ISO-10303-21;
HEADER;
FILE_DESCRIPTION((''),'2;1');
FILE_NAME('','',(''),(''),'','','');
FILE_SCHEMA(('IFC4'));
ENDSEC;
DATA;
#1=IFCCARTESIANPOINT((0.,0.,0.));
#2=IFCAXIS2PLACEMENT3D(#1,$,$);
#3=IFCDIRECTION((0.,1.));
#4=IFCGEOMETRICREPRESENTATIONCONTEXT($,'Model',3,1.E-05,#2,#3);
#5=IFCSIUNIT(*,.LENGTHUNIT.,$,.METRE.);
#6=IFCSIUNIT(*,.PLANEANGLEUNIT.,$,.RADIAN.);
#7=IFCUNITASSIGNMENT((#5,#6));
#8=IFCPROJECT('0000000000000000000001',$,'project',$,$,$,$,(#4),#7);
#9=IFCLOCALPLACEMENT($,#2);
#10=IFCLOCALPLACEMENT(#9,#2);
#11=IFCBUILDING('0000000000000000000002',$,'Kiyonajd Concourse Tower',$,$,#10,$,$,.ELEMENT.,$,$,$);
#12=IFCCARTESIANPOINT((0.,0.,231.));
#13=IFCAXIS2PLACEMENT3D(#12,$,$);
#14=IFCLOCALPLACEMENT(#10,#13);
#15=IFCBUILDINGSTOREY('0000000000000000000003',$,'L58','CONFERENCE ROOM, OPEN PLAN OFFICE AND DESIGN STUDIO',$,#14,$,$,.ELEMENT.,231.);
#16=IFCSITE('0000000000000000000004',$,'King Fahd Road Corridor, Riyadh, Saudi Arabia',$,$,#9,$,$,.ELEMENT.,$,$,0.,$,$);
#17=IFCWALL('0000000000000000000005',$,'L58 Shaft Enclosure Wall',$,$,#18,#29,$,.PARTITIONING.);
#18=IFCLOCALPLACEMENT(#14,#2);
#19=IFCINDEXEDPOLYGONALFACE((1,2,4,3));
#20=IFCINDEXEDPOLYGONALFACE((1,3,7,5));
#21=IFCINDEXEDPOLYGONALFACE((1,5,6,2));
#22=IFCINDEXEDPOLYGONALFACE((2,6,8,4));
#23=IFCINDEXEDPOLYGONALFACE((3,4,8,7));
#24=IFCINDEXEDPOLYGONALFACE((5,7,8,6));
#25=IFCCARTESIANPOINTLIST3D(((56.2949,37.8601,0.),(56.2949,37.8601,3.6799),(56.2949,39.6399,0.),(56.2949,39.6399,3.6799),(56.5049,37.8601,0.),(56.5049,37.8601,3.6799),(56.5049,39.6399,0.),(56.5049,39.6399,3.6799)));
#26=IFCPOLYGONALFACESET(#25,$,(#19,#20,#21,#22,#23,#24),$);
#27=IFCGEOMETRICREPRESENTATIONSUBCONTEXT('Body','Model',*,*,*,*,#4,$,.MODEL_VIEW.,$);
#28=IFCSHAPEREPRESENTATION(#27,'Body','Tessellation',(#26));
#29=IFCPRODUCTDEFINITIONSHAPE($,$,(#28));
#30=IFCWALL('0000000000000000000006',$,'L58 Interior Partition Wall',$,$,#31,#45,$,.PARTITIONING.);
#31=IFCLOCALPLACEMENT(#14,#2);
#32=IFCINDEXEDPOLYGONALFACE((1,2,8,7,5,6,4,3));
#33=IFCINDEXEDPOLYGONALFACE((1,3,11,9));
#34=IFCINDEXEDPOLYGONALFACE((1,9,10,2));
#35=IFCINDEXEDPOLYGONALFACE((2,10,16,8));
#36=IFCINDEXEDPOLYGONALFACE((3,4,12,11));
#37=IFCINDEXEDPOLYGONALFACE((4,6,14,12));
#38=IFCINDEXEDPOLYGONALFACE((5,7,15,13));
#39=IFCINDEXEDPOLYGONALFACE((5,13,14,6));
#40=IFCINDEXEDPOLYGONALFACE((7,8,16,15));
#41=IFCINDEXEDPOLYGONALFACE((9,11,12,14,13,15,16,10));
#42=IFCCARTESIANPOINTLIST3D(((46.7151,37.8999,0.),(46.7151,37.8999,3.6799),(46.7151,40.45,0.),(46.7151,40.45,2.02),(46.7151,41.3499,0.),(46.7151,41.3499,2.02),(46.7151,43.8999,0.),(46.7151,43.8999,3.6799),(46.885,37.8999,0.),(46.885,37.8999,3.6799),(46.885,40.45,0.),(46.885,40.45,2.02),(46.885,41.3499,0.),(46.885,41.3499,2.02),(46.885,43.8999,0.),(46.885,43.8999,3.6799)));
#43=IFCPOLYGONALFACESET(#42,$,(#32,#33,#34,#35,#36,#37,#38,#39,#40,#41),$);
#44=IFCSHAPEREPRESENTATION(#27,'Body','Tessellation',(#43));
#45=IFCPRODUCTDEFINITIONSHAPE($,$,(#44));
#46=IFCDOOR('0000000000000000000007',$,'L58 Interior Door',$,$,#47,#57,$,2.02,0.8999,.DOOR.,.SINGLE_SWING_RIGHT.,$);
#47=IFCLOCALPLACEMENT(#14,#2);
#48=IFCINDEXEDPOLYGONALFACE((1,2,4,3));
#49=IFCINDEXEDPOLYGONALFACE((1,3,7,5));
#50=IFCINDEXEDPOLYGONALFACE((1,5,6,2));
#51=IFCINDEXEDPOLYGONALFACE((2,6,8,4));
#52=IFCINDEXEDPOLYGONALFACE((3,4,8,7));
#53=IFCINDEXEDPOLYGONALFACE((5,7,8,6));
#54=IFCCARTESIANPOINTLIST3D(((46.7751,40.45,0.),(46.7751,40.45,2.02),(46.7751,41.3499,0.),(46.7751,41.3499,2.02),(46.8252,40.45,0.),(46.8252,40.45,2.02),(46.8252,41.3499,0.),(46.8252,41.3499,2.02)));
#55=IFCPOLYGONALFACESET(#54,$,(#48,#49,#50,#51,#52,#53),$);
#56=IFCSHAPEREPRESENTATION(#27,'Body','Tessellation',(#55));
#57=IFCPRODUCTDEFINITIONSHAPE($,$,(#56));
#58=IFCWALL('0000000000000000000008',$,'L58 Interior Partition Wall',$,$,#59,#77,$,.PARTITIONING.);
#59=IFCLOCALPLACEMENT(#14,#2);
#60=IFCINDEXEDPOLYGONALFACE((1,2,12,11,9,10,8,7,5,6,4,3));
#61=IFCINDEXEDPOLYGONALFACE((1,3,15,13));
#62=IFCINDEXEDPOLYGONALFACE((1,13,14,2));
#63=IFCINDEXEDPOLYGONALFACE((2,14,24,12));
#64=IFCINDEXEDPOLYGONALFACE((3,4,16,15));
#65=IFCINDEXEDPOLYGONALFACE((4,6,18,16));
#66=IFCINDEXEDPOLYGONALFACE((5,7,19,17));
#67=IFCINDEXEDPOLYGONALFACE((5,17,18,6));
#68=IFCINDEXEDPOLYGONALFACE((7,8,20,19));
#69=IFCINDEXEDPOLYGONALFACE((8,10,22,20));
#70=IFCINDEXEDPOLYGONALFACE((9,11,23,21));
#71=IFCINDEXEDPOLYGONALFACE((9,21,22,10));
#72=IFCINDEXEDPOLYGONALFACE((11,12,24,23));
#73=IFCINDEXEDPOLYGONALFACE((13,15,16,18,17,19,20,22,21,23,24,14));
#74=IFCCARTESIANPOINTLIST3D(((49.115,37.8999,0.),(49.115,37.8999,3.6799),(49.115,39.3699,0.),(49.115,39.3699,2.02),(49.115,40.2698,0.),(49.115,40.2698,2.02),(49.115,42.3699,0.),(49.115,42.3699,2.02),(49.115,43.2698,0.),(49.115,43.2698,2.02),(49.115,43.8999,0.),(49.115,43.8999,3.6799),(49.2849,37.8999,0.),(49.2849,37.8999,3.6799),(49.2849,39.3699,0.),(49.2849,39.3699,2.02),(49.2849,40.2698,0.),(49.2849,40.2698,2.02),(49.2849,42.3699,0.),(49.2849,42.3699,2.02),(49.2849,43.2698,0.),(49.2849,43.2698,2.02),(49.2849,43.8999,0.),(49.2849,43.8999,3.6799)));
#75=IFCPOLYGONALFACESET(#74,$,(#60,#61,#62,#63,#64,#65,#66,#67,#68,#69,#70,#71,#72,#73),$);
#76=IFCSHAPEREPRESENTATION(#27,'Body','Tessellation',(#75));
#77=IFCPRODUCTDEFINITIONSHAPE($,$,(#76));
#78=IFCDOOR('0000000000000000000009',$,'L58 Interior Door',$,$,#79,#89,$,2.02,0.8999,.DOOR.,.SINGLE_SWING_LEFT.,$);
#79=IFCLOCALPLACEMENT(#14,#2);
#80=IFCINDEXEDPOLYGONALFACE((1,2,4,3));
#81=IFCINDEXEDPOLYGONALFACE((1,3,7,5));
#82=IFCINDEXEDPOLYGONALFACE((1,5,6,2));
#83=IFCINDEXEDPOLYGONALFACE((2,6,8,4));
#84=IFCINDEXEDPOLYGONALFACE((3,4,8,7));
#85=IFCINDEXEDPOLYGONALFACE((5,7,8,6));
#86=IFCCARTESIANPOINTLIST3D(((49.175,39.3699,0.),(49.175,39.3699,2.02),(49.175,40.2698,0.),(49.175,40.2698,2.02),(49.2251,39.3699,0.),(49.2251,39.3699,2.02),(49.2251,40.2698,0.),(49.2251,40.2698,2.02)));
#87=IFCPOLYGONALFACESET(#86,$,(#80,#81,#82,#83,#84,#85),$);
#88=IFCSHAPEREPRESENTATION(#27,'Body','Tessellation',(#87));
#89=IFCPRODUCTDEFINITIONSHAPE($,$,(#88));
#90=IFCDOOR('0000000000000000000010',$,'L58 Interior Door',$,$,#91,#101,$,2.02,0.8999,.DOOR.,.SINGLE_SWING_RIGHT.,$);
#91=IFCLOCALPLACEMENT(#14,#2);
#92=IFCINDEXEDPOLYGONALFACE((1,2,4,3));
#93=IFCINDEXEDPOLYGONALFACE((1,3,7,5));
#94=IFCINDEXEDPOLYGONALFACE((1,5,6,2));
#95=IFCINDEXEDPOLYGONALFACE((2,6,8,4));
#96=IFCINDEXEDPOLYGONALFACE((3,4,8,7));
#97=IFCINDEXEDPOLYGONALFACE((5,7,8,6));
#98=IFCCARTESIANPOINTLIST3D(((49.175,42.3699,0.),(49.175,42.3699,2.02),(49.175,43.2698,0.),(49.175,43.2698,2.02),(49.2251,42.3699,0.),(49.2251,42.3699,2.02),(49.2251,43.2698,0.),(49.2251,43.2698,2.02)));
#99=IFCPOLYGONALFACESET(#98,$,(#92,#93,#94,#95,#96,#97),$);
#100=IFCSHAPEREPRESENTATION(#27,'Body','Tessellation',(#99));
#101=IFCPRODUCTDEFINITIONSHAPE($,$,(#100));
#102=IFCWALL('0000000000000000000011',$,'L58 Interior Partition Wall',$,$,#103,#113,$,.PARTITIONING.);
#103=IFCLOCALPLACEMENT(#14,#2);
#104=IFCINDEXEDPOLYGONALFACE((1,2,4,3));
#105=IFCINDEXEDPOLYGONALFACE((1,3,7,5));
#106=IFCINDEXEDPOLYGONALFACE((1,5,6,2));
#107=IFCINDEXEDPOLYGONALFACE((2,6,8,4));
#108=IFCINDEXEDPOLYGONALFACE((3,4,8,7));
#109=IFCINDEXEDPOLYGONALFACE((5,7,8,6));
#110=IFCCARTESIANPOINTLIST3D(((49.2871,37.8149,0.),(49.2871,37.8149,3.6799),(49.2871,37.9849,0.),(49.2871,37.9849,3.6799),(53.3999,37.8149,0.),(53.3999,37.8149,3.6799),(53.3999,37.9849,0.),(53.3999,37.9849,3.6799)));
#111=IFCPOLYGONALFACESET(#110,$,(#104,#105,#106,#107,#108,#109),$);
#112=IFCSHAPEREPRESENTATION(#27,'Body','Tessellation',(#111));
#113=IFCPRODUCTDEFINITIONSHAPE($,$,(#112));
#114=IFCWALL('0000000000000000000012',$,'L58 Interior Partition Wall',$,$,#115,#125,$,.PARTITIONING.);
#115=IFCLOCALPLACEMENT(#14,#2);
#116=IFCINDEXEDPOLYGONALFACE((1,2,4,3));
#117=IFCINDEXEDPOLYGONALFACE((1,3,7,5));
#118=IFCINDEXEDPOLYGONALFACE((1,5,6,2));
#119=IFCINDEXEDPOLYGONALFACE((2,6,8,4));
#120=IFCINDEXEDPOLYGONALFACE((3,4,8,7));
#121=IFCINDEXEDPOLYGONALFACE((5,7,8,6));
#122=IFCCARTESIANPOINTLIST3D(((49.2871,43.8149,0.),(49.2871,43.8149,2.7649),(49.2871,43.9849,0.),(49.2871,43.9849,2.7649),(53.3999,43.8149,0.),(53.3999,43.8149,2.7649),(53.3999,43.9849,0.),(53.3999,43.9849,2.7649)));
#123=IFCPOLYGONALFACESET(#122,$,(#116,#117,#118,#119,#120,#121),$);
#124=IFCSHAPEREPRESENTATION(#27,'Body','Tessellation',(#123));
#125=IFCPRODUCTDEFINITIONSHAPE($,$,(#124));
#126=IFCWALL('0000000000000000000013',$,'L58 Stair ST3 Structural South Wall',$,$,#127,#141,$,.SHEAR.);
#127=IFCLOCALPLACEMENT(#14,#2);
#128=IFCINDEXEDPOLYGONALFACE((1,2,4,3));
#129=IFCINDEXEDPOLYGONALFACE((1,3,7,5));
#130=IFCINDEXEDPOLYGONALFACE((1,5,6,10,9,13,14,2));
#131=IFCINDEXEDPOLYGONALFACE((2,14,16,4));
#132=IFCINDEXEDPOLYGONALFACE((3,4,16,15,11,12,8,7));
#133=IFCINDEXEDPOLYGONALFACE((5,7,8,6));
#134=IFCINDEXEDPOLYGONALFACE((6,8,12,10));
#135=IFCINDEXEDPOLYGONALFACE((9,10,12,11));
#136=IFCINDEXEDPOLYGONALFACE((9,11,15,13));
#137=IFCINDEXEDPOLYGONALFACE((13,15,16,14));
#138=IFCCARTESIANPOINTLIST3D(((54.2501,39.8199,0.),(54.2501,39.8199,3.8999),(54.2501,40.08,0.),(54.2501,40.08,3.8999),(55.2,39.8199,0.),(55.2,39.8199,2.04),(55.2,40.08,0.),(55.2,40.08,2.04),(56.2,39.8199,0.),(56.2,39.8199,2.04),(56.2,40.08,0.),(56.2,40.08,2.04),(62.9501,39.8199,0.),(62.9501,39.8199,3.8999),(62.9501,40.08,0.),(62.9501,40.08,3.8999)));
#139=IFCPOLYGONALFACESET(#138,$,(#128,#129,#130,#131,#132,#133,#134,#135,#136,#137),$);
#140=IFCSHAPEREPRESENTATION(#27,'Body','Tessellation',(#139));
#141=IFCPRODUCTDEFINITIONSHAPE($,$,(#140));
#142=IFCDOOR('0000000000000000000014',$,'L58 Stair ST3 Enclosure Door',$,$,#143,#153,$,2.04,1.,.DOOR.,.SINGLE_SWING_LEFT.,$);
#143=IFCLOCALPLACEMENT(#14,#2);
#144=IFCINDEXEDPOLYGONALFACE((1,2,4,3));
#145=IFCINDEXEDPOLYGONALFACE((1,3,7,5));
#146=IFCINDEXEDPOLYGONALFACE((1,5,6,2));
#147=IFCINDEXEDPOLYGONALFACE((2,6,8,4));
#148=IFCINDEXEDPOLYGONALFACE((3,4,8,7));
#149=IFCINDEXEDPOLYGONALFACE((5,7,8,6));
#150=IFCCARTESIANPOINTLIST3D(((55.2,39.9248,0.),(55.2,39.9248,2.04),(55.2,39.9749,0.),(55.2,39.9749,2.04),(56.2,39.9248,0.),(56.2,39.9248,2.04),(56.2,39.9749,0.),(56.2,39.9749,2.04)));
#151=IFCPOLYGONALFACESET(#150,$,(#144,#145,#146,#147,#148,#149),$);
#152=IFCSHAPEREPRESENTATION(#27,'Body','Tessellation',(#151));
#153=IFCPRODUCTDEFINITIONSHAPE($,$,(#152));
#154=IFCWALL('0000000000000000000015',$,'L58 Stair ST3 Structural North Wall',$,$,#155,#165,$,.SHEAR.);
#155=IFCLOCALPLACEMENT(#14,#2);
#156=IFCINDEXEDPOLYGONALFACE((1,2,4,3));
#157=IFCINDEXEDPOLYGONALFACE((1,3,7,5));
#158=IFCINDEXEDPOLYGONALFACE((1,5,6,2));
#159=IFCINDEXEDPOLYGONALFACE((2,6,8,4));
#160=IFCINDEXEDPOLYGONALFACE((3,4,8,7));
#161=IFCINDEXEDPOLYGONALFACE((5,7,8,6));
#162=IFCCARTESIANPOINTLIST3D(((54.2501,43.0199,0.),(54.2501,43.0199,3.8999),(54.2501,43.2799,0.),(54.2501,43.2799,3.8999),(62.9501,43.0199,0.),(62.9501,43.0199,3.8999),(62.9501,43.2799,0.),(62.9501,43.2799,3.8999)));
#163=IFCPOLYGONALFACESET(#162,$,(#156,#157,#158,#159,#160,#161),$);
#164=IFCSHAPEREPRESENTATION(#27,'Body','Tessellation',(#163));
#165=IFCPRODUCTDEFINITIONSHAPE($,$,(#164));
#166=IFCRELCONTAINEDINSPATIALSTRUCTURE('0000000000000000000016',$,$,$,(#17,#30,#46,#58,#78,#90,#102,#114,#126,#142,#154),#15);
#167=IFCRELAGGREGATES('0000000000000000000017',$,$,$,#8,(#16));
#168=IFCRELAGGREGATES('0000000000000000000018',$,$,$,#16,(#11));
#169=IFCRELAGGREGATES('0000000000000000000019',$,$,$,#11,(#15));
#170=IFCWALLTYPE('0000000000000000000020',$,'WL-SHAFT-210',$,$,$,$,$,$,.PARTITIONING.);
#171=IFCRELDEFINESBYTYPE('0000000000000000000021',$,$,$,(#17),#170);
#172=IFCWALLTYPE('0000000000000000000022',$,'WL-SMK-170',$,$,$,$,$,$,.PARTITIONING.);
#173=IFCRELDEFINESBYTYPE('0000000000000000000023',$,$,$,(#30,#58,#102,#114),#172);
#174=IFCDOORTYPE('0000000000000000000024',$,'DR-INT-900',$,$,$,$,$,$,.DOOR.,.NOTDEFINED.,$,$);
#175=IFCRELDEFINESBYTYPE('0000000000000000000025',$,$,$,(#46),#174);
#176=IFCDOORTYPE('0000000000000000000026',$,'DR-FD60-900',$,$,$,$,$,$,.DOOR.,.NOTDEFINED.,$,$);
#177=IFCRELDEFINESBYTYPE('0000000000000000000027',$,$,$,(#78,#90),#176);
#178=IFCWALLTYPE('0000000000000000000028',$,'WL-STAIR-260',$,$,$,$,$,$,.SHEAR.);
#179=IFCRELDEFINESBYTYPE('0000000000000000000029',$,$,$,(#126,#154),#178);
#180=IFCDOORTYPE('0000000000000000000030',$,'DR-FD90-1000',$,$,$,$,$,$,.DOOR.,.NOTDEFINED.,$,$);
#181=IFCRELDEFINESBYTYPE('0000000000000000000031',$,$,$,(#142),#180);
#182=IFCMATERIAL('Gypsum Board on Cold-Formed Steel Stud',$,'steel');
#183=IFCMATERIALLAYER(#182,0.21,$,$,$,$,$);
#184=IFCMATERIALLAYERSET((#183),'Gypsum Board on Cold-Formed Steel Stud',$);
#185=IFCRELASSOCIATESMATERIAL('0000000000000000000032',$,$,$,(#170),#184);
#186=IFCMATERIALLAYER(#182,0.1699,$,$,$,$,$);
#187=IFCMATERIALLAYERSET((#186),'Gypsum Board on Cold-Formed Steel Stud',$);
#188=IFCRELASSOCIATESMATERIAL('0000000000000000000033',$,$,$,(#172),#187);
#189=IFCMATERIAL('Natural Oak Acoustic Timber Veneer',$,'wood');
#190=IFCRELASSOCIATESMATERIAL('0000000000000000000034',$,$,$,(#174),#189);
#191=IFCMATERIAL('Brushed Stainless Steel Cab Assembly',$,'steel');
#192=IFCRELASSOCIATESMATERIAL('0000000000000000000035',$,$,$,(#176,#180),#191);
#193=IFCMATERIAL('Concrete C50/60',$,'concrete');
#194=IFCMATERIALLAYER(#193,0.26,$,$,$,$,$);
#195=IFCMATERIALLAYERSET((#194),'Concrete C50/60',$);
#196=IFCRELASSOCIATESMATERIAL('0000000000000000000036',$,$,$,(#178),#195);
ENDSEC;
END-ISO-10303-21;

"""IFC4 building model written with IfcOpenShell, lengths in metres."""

from ifc_helpers import new_model, si_unit, direction, frame, frame_2d, origin, place, context, subcontext, project, spatial, rectangle, extrude, material, layer, layer_set, type_object, element, fill, save


model = new_model("IFC4")

# Units and contexts
model_context = context("Model", 3, precision=1e-05, world=origin(), true_north=direction((0.0, 1.0)))
body_context = subcontext(model_context, "Body", "Model", "MODEL_VIEW")
ifc_project = project(units=[si_unit("LENGTHUNIT", "METRE"), si_unit("PLANEANGLEUNIT", "RADIAN")], contexts=[model_context])

# Site, building, storey
site_placement = place(None, origin())
site = spatial("IfcSite", under=ifc_project, at=site_placement, Name="King Fahd Road Corridor, Riyadh, Saudi Arabia", CompositionType="ELEMENT", RefElevation=0.0)
building_placement = place(site_placement, origin())
building = spatial("IfcBuilding", under=site, at=building_placement, Name="Kiyonajd Concourse Tower", CompositionType="ELEMENT")
storey_placement = place(building_placement, frame((0.0, 0.0, 231.0)))
storey = spatial("IfcBuildingStorey", under=building, at=storey_placement, Name="L58", Description="CONFERENCE ROOM, OPEN PLAN OFFICE AND DESIGN STUDIO", CompositionType="ELEMENT", Elevation=231.0)

# Shared definitions
ifc_material_1 = material(Name="Concrete C50/60", Category="concrete")

# Wall
ifc_material_2 = material(Name="Gypsum Board on Cold-Formed Steel Stud", Category="steel")
ifc_layer_1 = layer(ifc_material_2, 0.21)
ifc_layer_set_1 = layer_set([ifc_layer_1], Name="Gypsum Board on Cold-Formed Steel Stud")
wall_type_1 = type_object("IfcWallType", Name="WL-SHAFT-210", PredefinedType="PARTITIONING", material=ifc_layer_set_1)
wall_1_placement = place(storey_placement, frame((56.3999, 37.8601, 0.0), z_axis=(0.0, 0.0, 1.0), x_axis=(0.0, 1.0, 0.0)))
element("IfcWall", 1, at=wall_1_placement, inside=storey, type_object=wall_type_1, Name="L58 Shaft Enclosure Wall", PredefinedType="PARTITIONING", context=body_context, shape_type="SweptSolid", body=[
    extrude(rectangle(XDim=1.7798, YDim=0.21, at=frame_2d((0.8899, 0.0))), origin(), (0.0, 0.0, 1.0), 3.6799),
])

# Wall, opening, door
ifc_layer_2 = layer(ifc_material_2, 0.1699)
ifc_layer_set_2 = layer_set([ifc_layer_2], Name="Gypsum Board on Cold-Formed Steel Stud")
wall_type_2 = type_object("IfcWallType", Name="WL-SMK-170", PredefinedType="PARTITIONING", material=ifc_layer_set_2)
wall_2_placement = place(storey_placement, frame((46.8, 37.8999, 0.0), z_axis=(0.0, 0.0, 1.0), x_axis=(0.0, 1.0, 0.0)))
wall_2 = element("IfcWall", 2, at=wall_2_placement, inside=storey, type_object=wall_type_2, Name="L58 Interior Partition Wall", PredefinedType="PARTITIONING", context=body_context, shape_type="SweptSolid", body=[
    extrude(rectangle(XDim=6.0, YDim=0.1699, at=frame_2d((3.0, 0.0))), origin(), (0.0, 0.0, 1.0), 3.6799),
])
opening_1_placement = place(wall_2_placement, frame((2.55, 0.0, 0.0)))
opening_1 = element("IfcOpeningElement", 3, at=opening_1_placement, cuts=wall_2, PredefinedType="OPENING", context=body_context, shape_type="SweptSolid", body=[
    extrude(rectangle(XDim=0.8999, YDim=2.02, at=frame_2d((0.45, 1.01))), frame((0.0, 0.095, 0.0), z_axis=(0.0, -1.0, 0.0), x_axis=(1.0, 0.0, 0.0)), (0.0, 0.0, 1.0), 0.1899),
])
ifc_material_3 = material(Name="Natural Oak Acoustic Timber Veneer", Category="wood")
door_type_1 = type_object("IfcDoorType", Name="DR-INT-900", OperationType="NOTDEFINED", PredefinedType="DOOR", material=ifc_material_3)
door_1_placement = place(opening_1_placement, origin())
door_1 = element("IfcDoor", 4, at=door_1_placement, inside=storey, type_object=door_type_1, Name="L58 Interior Door", OperationType="SINGLE_SWING_RIGHT", OverallHeight=2.02, OverallWidth=0.8999, PredefinedType="DOOR", context=body_context, shape_type="SweptSolid", body=[
    extrude(rectangle(XDim=0.8999, YDim=2.02, at=frame_2d((0.45, 1.01))), frame((0.0, 0.0249, 0.0), z_axis=(0.0, -1.0, 0.0), x_axis=(1.0, 0.0, 0.0)), (0.0, 0.0, 1.0), 0.05),
])
fill(opening_1, door_1)

# Wall, openings, doors
wall_3_placement = place(storey_placement, frame((49.2, 37.8999, 0.0), z_axis=(0.0, 0.0, 1.0), x_axis=(0.0, 1.0, 0.0)))
wall_3 = element("IfcWall", 5, at=wall_3_placement, inside=storey, type_object=wall_type_2, Name="L58 Interior Partition Wall", PredefinedType="PARTITIONING", context=body_context, shape_type="SweptSolid", body=[
    extrude(rectangle(XDim=6.0, YDim=0.1699, at=frame_2d((3.0, 0.0))), origin(), (0.0, 0.0, 1.0), 3.6799),
])
opening_2_placement = place(wall_3_placement, frame((1.47, 0.0, 0.0)))
opening_2 = element("IfcOpeningElement", 6, at=opening_2_placement, cuts=wall_3, PredefinedType="OPENING", context=body_context, shape_type="SweptSolid", body=[
    extrude(rectangle(XDim=0.8999, YDim=2.02, at=frame_2d((0.45, 1.01))), frame((0.0, 0.095, 0.0), z_axis=(0.0, -1.0, 0.0), x_axis=(1.0, 0.0, 0.0)), (0.0, 0.0, 1.0), 0.1899),
])
opening_3_placement = place(wall_3_placement, frame((4.47, 0.0, 0.0)))
opening_3 = element("IfcOpeningElement", 7, at=opening_3_placement, cuts=wall_3, PredefinedType="OPENING", context=body_context, shape_type="SweptSolid", body=[
    extrude(rectangle(XDim=0.8999, YDim=2.02, at=frame_2d((0.45, 1.01))), frame((0.0, 0.095, 0.0), z_axis=(0.0, -1.0, 0.0), x_axis=(1.0, 0.0, 0.0)), (0.0, 0.0, 1.0), 0.1899),
])
ifc_material_4 = material(Name="Brushed Stainless Steel Cab Assembly", Category="steel")
door_type_2 = type_object("IfcDoorType", Name="DR-FD60-900", OperationType="NOTDEFINED", PredefinedType="DOOR", material=ifc_material_4)
door_2_placement = place(opening_2_placement, origin())
door_2 = element("IfcDoor", 8, at=door_2_placement, inside=storey, type_object=door_type_2, Name="L58 Interior Door", OperationType="SINGLE_SWING_LEFT", OverallHeight=2.02, OverallWidth=0.8999, PredefinedType="DOOR", context=body_context, shape_type="SweptSolid", body=[
    extrude(rectangle(XDim=0.8999, YDim=2.02, at=frame_2d((0.45, 1.01))), frame((0.0, 0.0249, 0.0), z_axis=(0.0, -1.0, 0.0), x_axis=(1.0, 0.0, 0.0)), (0.0, 0.0, 1.0), 0.05),
])
fill(opening_2, door_2)
door_3_placement = place(opening_3_placement, origin())
door_3 = element("IfcDoor", 9, at=door_3_placement, inside=storey, type_object=door_type_2, Name="L58 Interior Door", OperationType="SINGLE_SWING_RIGHT", OverallHeight=2.02, OverallWidth=0.8999, PredefinedType="DOOR", context=body_context, shape_type="SweptSolid", body=[
    extrude(rectangle(XDim=0.8999, YDim=2.02, at=frame_2d((0.45, 1.01))), frame((0.0, 0.0249, 0.0), z_axis=(0.0, -1.0, 0.0), x_axis=(1.0, 0.0, 0.0)), (0.0, 0.0, 1.0), 0.05),
])
fill(opening_3, door_3)

# Walls
wall_4_placement = place(storey_placement, frame((49.2871, 37.8999, 0.0), z_axis=(0.0, 0.0, 1.0), x_axis=(1.0, 0.0, 0.0)))
element("IfcWall", 10, at=wall_4_placement, inside=storey, type_object=wall_type_2, Name="L58 Interior Partition Wall", PredefinedType="PARTITIONING", context=body_context, shape_type="SweptSolid", body=[
    extrude(rectangle(XDim=4.1128, YDim=0.1699, at=frame_2d((2.0564, 0.0))), origin(), (0.0, 0.0, 1.0), 3.6799),
])
wall_5_placement = place(storey_placement, frame((49.2871, 43.8999, 0.0), z_axis=(0.0, 0.0, 1.0), x_axis=(1.0, 0.0, 0.0)))
element("IfcWall", 11, at=wall_5_placement, inside=storey, type_object=wall_type_2, Name="L58 Interior Partition Wall", PredefinedType="PARTITIONING", context=body_context, shape_type="SweptSolid", body=[
    extrude(rectangle(XDim=4.1128, YDim=0.1699, at=frame_2d((2.0564, 0.0))), origin(), (0.0, 0.0, 1.0), 2.7649),
])

# Wall, opening, door
ifc_layer_3 = layer(ifc_material_1, 0.26)
ifc_layer_set_3 = layer_set([ifc_layer_3], Name="Concrete C50/60")
wall_type_3 = type_object("IfcWallType", Name="WL-STAIR-260", PredefinedType="SHEAR", material=ifc_layer_set_3)
wall_6_placement = place(storey_placement, frame((54.25, 39.95, 0.0), z_axis=(0.0, 0.0, 1.0), x_axis=(1.0, 0.0, 0.0)))
wall_6 = element("IfcWall", 12, at=wall_6_placement, inside=storey, type_object=wall_type_3, Name="L58 Stair ST3 Structural South Wall", PredefinedType="SHEAR", context=body_context, shape_type="SweptSolid", body=[
    extrude(rectangle(XDim=8.7, YDim=0.26, at=frame_2d((4.3501, 0.0))), origin(), (0.0, 0.0, 1.0), 3.8999),
])
opening_4_placement = place(wall_6_placement, frame((0.95, 0.0, 0.0)))
opening_4 = element("IfcOpeningElement", 13, at=opening_4_placement, cuts=wall_6, PredefinedType="OPENING", context=body_context, shape_type="SweptSolid", body=[
    extrude(rectangle(XDim=1.0, YDim=2.04, at=frame_2d((0.5, 1.02))), frame((0.0, 0.1399, 0.0), z_axis=(0.0, -1.0, 0.0), x_axis=(1.0, 0.0, 0.0)), (0.0, 0.0, 1.0), 0.28),
])
door_type_3 = type_object("IfcDoorType", Name="DR-FD90-1000", OperationType="NOTDEFINED", PredefinedType="DOOR", material=ifc_material_4)
door_4_placement = place(opening_4_placement, origin())
door_4 = element("IfcDoor", 14, at=door_4_placement, inside=storey, type_object=door_type_3, Name="L58 Stair ST3 Enclosure Door", OperationType="SINGLE_SWING_LEFT", OverallHeight=2.04, OverallWidth=1.0, PredefinedType="DOOR", context=body_context, shape_type="SweptSolid", body=[
    extrude(rectangle(XDim=1.0, YDim=2.04, at=frame_2d((0.5, 1.02))), frame((0.0, 0.0249, 0.0), z_axis=(0.0, -1.0, 0.0), x_axis=(1.0, 0.0, 0.0)), (0.0, 0.0, 1.0), 0.05),
])
fill(opening_4, door_4)

# Wall
wall_7_placement = place(storey_placement, frame((54.25, 43.1499, 0.0), z_axis=(0.0, 0.0, 1.0), x_axis=(1.0, 0.0, 0.0)))
element("IfcWall", 15, at=wall_7_placement, inside=storey, type_object=wall_type_3, Name="L58 Stair ST3 Structural North Wall", PredefinedType="SHEAR", context=body_context, shape_type="SweptSolid", body=[
    extrude(rectangle(XDim=8.7, YDim=0.26, at=frame_2d((4.3501, 0.0))), origin(), (0.0, 0.0, 1.0), 3.8999),
])

save(model, "model.ifc")
